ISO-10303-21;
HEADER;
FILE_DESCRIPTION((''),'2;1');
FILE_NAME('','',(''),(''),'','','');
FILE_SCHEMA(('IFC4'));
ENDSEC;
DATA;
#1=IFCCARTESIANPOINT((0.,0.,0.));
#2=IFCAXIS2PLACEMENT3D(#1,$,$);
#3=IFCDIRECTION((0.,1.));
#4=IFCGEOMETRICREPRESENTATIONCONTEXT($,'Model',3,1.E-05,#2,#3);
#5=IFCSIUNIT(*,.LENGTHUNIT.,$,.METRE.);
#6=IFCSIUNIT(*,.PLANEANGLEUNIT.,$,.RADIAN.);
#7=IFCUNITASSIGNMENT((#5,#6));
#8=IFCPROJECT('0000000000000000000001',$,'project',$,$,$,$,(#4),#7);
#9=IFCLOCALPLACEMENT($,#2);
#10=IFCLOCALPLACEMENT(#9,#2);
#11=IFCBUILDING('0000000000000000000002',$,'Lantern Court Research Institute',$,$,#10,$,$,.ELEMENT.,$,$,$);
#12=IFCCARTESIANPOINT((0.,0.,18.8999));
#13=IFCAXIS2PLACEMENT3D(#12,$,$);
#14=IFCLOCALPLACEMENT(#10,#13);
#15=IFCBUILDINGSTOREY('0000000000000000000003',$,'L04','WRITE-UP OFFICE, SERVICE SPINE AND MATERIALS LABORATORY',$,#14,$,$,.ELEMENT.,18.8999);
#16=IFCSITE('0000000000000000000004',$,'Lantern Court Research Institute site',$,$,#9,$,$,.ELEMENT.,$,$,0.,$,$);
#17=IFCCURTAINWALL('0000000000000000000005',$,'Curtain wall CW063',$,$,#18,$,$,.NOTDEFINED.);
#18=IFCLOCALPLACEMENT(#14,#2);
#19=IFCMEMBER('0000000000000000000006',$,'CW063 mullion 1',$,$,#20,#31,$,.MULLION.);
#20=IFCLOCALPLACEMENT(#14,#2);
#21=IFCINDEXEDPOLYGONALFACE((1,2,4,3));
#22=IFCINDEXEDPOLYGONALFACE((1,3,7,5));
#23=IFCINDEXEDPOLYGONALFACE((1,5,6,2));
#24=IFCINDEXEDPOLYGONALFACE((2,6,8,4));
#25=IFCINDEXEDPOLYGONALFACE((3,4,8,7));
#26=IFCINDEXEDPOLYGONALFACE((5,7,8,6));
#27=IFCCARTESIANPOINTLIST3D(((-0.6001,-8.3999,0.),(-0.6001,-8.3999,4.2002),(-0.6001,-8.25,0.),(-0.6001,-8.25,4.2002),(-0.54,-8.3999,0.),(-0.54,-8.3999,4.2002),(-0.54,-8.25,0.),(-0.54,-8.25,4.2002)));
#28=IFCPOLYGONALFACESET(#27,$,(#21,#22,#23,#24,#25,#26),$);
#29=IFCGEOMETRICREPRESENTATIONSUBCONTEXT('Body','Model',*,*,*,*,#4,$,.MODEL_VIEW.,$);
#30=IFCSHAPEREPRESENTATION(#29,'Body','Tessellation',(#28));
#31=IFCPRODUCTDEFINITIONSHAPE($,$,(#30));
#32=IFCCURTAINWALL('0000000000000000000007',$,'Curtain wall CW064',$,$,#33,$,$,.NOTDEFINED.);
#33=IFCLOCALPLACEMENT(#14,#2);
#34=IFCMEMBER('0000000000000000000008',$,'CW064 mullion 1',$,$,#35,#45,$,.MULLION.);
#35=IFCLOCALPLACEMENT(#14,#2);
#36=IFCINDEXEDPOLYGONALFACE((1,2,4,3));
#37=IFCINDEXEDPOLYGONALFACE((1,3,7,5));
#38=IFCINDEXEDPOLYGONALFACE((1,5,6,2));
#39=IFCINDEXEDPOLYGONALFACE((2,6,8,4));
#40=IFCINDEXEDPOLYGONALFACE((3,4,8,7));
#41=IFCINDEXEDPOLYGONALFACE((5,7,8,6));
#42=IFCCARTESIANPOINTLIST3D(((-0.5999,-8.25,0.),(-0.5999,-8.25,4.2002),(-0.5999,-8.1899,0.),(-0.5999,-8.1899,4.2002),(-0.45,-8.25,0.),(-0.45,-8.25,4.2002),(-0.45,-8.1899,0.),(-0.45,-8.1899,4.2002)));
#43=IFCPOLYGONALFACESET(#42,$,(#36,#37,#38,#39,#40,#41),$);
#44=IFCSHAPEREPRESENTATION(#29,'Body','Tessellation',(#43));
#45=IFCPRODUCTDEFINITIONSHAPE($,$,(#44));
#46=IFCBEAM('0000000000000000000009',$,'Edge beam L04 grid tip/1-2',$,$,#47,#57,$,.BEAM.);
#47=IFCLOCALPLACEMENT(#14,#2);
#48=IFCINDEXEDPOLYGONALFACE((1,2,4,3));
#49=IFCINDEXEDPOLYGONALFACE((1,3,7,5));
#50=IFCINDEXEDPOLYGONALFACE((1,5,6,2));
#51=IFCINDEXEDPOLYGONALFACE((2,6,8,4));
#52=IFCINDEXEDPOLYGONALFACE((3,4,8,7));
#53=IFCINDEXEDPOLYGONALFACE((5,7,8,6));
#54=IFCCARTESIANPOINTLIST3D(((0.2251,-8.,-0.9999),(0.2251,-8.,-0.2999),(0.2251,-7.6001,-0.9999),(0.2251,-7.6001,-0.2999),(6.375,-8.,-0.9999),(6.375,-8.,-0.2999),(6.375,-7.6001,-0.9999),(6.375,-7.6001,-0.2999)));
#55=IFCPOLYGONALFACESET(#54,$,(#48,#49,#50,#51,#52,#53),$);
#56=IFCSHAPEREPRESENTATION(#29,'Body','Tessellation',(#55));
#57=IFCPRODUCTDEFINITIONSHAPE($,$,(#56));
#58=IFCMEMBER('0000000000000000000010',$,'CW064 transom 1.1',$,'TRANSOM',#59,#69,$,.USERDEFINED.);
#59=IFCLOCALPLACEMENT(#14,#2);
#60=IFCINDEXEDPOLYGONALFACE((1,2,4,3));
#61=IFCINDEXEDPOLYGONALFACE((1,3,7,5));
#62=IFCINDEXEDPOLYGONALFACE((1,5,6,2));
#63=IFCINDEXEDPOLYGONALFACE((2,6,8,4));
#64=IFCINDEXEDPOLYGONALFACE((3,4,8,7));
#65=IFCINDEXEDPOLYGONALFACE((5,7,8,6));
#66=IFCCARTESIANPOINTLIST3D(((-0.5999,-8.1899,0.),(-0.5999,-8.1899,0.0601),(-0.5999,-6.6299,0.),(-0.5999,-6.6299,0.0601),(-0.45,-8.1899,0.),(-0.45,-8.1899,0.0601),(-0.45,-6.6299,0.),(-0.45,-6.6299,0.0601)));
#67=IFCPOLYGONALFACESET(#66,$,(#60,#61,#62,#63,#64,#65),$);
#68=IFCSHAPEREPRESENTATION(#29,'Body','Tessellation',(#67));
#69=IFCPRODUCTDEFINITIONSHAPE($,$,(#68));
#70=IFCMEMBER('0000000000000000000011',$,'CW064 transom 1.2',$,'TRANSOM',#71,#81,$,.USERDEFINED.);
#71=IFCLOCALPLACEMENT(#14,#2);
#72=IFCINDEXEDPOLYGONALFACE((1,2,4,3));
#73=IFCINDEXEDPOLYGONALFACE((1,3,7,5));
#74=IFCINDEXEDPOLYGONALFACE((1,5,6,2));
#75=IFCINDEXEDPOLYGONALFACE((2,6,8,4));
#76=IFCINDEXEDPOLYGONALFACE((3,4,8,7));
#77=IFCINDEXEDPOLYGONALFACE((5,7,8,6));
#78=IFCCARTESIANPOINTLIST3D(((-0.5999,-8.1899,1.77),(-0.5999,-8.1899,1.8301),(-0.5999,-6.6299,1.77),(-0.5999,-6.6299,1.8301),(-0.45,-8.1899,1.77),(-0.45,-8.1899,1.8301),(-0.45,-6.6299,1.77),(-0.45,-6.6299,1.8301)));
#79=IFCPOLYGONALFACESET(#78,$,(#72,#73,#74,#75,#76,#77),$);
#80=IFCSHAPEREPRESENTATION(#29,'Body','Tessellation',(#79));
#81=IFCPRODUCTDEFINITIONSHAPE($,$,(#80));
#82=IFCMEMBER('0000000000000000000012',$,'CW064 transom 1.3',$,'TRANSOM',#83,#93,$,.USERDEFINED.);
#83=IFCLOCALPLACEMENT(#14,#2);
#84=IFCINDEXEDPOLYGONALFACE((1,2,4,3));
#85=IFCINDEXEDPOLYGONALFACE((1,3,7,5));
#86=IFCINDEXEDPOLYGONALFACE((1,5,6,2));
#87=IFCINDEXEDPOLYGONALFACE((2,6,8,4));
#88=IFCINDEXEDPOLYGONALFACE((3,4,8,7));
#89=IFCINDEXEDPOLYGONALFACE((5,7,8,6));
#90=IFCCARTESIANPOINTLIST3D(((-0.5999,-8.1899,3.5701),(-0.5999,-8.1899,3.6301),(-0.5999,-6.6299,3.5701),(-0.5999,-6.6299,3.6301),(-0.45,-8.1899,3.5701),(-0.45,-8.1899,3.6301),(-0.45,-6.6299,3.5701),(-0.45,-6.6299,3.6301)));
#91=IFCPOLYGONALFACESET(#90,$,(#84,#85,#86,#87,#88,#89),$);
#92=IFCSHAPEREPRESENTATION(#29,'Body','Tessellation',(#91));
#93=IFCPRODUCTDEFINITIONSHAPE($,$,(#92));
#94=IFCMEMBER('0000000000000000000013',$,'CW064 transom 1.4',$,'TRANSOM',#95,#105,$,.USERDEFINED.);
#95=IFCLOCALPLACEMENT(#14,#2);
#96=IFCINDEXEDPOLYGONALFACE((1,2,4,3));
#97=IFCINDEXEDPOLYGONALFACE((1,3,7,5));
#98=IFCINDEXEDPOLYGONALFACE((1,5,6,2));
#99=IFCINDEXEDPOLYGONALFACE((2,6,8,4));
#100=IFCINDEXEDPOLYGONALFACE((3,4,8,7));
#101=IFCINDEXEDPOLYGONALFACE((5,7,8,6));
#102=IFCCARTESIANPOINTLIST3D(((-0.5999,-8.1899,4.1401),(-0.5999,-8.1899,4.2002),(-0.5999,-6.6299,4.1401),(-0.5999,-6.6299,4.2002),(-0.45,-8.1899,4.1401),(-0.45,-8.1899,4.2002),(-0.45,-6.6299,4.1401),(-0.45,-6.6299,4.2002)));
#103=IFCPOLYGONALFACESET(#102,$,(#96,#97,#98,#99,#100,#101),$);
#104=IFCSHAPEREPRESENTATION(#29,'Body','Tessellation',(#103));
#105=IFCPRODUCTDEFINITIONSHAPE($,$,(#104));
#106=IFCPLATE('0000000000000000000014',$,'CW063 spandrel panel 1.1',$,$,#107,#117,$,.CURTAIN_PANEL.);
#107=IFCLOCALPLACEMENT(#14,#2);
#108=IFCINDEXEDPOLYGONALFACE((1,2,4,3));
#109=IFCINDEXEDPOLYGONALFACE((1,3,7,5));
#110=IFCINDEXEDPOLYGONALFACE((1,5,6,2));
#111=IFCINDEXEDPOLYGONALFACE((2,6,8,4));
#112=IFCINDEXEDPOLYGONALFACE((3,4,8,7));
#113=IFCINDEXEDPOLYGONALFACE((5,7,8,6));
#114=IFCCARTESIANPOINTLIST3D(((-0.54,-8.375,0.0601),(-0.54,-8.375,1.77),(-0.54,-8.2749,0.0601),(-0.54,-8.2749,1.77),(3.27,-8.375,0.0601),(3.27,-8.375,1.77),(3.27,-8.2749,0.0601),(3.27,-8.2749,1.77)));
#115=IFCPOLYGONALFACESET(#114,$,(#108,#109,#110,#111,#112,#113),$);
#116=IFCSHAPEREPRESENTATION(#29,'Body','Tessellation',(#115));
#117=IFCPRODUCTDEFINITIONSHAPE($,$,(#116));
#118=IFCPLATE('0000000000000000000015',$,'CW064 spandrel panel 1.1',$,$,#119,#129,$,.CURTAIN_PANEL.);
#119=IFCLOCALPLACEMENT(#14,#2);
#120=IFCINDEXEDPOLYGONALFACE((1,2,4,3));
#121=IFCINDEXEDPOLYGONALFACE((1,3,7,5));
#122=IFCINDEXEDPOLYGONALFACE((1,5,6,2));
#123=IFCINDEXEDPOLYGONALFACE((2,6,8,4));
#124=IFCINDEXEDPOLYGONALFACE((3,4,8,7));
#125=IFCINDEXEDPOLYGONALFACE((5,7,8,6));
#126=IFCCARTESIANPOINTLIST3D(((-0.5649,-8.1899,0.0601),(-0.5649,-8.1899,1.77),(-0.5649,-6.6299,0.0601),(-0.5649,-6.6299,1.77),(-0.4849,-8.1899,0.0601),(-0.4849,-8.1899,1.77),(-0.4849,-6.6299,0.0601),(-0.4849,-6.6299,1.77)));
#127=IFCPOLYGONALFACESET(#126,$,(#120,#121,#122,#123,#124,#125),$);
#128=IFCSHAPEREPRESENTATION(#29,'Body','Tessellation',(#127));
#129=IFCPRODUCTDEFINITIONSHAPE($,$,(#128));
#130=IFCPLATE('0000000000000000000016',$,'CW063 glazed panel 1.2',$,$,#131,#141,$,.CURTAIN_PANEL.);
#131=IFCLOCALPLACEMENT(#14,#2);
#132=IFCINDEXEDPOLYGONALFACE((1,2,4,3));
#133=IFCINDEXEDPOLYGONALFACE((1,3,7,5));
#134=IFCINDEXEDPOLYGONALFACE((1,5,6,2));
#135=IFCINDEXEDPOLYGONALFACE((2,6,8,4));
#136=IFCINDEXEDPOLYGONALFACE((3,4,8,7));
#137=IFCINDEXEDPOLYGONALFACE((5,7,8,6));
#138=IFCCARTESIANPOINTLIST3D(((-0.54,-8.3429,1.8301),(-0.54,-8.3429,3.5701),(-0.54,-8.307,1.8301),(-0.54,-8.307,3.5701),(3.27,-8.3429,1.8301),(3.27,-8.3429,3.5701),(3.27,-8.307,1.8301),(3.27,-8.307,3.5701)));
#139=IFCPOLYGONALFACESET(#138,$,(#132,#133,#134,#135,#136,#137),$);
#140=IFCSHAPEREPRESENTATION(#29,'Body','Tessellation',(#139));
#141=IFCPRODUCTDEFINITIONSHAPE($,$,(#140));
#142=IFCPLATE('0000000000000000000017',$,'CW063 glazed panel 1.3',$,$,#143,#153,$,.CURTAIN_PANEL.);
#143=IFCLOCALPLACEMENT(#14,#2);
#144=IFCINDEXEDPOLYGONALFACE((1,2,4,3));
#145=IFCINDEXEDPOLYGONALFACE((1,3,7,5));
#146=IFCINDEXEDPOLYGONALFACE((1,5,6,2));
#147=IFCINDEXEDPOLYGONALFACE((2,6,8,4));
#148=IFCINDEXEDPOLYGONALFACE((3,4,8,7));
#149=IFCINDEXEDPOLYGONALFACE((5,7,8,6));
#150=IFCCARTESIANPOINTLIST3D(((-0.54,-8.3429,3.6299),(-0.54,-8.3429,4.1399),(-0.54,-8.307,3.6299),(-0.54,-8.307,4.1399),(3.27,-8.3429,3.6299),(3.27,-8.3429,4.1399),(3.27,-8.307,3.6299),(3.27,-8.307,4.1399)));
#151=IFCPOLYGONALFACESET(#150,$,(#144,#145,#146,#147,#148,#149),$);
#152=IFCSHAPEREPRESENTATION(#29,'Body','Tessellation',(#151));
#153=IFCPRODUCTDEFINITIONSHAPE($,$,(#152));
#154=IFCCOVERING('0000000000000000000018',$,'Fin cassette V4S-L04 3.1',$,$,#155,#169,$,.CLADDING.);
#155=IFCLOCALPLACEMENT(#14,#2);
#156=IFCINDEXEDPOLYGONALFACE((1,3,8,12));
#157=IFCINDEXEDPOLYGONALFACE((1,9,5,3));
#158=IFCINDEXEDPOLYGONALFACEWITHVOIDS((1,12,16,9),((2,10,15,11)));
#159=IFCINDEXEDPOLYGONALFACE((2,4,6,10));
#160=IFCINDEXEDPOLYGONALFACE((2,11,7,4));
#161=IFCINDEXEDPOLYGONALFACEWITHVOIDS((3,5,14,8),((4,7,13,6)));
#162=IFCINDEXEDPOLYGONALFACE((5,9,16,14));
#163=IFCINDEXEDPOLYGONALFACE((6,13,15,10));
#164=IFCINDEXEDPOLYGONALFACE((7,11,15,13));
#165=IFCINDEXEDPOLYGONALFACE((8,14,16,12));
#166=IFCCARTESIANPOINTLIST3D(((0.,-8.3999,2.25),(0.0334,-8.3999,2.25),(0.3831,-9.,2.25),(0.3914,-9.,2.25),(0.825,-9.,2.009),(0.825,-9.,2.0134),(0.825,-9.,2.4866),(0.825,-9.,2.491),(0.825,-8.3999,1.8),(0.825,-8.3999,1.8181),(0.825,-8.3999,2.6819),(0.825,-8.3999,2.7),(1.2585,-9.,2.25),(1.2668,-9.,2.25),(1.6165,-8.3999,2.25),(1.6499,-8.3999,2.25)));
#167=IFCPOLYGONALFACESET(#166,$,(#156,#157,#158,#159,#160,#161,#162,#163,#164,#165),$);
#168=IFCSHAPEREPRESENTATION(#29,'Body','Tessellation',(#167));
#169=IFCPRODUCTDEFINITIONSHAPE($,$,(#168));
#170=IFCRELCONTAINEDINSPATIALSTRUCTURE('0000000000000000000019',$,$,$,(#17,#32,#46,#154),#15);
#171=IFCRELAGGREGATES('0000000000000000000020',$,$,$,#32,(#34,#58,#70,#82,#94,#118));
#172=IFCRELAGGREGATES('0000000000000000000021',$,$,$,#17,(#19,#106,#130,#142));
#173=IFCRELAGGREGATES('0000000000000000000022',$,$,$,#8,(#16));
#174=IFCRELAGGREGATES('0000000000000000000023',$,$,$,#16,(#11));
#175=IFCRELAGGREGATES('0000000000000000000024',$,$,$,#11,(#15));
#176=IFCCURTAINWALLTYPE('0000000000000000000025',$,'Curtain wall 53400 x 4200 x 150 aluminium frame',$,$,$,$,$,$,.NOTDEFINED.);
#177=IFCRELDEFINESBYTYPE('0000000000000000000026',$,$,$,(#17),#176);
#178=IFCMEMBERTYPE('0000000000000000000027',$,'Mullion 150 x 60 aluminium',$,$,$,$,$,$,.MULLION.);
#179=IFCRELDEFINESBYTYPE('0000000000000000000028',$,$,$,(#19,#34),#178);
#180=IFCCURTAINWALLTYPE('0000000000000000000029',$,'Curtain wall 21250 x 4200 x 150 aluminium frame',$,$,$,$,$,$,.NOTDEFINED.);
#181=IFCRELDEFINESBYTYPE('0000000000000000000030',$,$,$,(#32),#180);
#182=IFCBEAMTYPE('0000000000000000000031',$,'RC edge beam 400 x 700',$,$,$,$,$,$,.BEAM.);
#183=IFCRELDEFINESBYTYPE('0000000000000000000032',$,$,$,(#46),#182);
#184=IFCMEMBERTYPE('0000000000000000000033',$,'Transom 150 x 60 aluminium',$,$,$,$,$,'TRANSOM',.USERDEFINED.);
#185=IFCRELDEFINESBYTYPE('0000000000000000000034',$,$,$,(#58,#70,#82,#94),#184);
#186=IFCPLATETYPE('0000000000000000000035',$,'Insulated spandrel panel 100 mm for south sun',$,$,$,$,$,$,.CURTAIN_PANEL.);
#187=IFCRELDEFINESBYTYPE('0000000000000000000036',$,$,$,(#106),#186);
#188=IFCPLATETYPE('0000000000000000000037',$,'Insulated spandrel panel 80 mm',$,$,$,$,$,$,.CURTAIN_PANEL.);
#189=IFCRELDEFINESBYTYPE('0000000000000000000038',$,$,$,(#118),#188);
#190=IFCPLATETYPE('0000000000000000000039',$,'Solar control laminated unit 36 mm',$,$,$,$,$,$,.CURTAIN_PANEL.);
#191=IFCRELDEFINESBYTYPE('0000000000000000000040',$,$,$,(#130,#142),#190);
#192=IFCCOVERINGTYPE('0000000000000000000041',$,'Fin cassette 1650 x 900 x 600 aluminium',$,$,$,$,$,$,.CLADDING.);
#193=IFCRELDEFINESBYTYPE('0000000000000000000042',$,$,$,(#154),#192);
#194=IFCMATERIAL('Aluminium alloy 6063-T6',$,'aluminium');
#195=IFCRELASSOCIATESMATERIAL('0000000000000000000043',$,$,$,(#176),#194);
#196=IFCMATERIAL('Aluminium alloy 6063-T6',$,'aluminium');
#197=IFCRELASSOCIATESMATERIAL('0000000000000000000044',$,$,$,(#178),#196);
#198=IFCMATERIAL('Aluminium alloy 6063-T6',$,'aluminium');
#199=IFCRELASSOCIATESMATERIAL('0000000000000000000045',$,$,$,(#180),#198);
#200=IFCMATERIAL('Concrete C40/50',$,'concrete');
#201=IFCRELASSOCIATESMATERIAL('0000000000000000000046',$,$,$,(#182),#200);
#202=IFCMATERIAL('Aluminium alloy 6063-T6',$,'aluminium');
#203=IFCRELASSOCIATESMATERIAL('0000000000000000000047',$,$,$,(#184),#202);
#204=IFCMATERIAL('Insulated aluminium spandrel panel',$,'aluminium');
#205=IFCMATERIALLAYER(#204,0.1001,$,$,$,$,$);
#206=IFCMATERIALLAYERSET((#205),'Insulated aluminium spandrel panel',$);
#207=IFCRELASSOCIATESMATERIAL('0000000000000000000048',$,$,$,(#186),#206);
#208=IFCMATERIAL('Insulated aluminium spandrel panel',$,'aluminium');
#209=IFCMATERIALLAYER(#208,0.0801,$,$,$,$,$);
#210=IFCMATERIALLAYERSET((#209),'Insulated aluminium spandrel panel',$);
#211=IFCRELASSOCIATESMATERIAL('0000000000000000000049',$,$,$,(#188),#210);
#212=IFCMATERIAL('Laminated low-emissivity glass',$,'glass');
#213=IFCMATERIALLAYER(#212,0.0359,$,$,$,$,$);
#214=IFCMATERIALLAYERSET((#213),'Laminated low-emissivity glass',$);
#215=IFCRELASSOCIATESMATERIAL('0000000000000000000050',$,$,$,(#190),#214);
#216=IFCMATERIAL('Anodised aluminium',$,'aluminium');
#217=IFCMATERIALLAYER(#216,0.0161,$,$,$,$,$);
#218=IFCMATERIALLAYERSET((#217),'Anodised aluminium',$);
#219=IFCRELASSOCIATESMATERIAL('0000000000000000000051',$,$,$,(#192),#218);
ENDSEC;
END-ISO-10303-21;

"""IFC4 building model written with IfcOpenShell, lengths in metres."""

from ifc_helpers import new_model, entity, si_unit, direction, frame, origin, origin_2d, place, context, subcontext, project, spatial, rectangle, extrude, material, layer, layer_set, material_profile, profile_set, type_object, element, aggregate, save


model = new_model("IFC4")

# Units and contexts
model_context = context("Model", 3, precision=1e-05, world=origin(), true_north=direction((0.0, 1.0)))
body_context = subcontext(model_context, "Body", "Model", "MODEL_VIEW")
ifc_project = project(units=[si_unit("LENGTHUNIT", "METRE"), si_unit("PLANEANGLEUNIT", "RADIAN")], contexts=[model_context])

# Site, building, storey
site_placement = place(None, origin())
site = spatial("IfcSite", under=ifc_project, at=site_placement, Name="Lantern Court Research Institute site", CompositionType="ELEMENT", RefElevation=0.0)
building_placement = place(site_placement, origin())
building = spatial("IfcBuilding", under=site, at=building_placement, Name="Lantern Court Research Institute", CompositionType="ELEMENT")
storey_placement = place(building_placement, frame((0.0, 0.0, 18.8999)))
storey = spatial("IfcBuildingStorey", under=building, at=storey_placement, Name="L04", Description="WRITE-UP OFFICE, SERVICE SPINE AND MATERIALS LABORATORY", CompositionType="ELEMENT", Elevation=18.8999)

# Curtain walls, members
ifc_material_1 = material(Name="Aluminium alloy 6063-T6", Category="aluminium")
curtain_wall_type_1 = type_object("IfcCurtainWallType", Name="Curtain wall 53400 x 4200 x 150 aluminium frame", PredefinedType="NOTDEFINED", material=ifc_material_1)
curtain_wall_1_placement = place(storey_placement, origin())
curtain_wall_1 = element("IfcCurtainWall", 1, at=curtain_wall_1_placement, inside=storey, type_object=curtain_wall_type_1, Name="Curtain wall CW063", PredefinedType="NOTDEFINED")
ifc_material_2 = material(Name="Aluminium alloy 6063-T6", Category="aluminium")
ifc_material_profile_1 = material_profile(ifc_material_2, rectangle(XDim=0.1499, YDim=0.0601, at=origin_2d()), Name="Mullion 150 x 60")
ifc_profile_set_1 = profile_set([ifc_material_profile_1], Name="Aluminium alloy 6063-T6")
member_type_1 = type_object("IfcMemberType", Name="Mullion 150 x 60 aluminium", PredefinedType="MULLION", material=ifc_profile_set_1)
member_1_placement = place(storey_placement, frame((-0.5701, -8.325, 0.0), z_axis=(0.0, 0.0, 1.0), x_axis=(0.0, -1.0, 0.0)))
member_1 = element("IfcMember", 2, at=member_1_placement, type_object=member_type_1, Name="CW063 mullion 1", PredefinedType="MULLION", context=body_context, shape_type="SweptSolid", body=[
    extrude(rectangle(XDim=0.1499, YDim=0.0601, at=origin_2d()), origin(), (0.0, 0.0, 1.0), 4.2002),
])
ifc_material_3 = material(Name="Aluminium alloy 6063-T6", Category="aluminium")
curtain_wall_type_2 = type_object("IfcCurtainWallType", Name="Curtain wall 21250 x 4200 x 150 aluminium frame", PredefinedType="NOTDEFINED", material=ifc_material_3)
curtain_wall_2_placement = place(storey_placement, origin())
curtain_wall_2 = element("IfcCurtainWall", 3, at=curtain_wall_2_placement, inside=storey, type_object=curtain_wall_type_2, Name="Curtain wall CW064", PredefinedType="NOTDEFINED")
member_2_placement = place(storey_placement, frame((-0.5249, -8.22, 0.0), z_axis=(0.0, 0.0, 1.0), x_axis=(-1.0, 0.0, 0.0)))
member_2 = element("IfcMember", 4, at=member_2_placement, type_object=member_type_1, Name="CW064 mullion 1", PredefinedType="MULLION", context=body_context, shape_type="SweptSolid", body=[
    extrude(rectangle(XDim=0.1499, YDim=0.0601, at=origin_2d()), origin(), (0.0, 0.0, 1.0), 4.2002),
])

# Beam
ifc_material_4 = material(Name="Concrete C40/50", Category="concrete")
ifc_material_profile_2 = material_profile(ifc_material_4, rectangle(XDim=0.3999, YDim=0.7, at=origin_2d()), Name="RC beam 400 x 700")
ifc_profile_set_2 = profile_set([ifc_material_profile_2], Name="Concrete C40/50")
beam_type = type_object("IfcBeamType", Name="RC edge beam 400 x 700", PredefinedType="BEAM", material=ifc_profile_set_2)
beam_placement = place(storey_placement, frame((0.2251, -7.8, -0.6499), z_axis=(1.0, 0.0, 0.0), x_axis=(0.0, 1.0, 0.0)))
element("IfcBeam", 5, at=beam_placement, inside=storey, type_object=beam_type, Name="Edge beam L04 grid tip/1-2", PredefinedType="BEAM", context=body_context, shape_type="SweptSolid", body=[
    extrude(rectangle(XDim=0.3999, YDim=0.7, at=origin_2d()), origin(), (0.0, 0.0, 1.0), 6.1499),
])

# Members
ifc_material_5 = material(Name="Aluminium alloy 6063-T6", Category="aluminium")
ifc_material_profile_3 = material_profile(ifc_material_5, rectangle(XDim=0.1499, YDim=0.0601, at=origin_2d()), Name="Transom 150 x 60")
ifc_profile_set_3 = profile_set([ifc_material_profile_3], Name="Aluminium alloy 6063-T6")
member_type_2 = type_object("IfcMemberType", Name="Transom 150 x 60 aluminium", ElementType="TRANSOM", PredefinedType="USERDEFINED", material=ifc_profile_set_3)
member_3_placement = place(storey_placement, frame((-0.5249, -8.1899, 0.03), z_axis=(0.0, 1.0, 0.0), x_axis=(-1.0, 0.0, 0.0)))
member_3 = element("IfcMember", 6, at=member_3_placement, type_object=member_type_2, Name="CW064 transom 1.1", ObjectType="TRANSOM", PredefinedType="USERDEFINED", context=body_context, shape_type="SweptSolid", body=[
    extrude(rectangle(XDim=0.1499, YDim=0.0601, at=origin_2d()), origin(), (0.0, 0.0, 1.0), 1.5601),
])
member_4_placement = place(storey_placement, frame((-0.5249, -8.1899, 1.8), z_axis=(0.0, 1.0, 0.0), x_axis=(-1.0, 0.0, 0.0)))
member_4 = element("IfcMember", 7, at=member_4_placement, type_object=member_type_2, Name="CW064 transom 1.2", ObjectType="TRANSOM", PredefinedType="USERDEFINED", context=body_context, shape_type="SweptSolid", body=[
    extrude(rectangle(XDim=0.1499, YDim=0.0601, at=origin_2d()), origin(), (0.0, 0.0, 1.0), 1.5601),
])
member_5_placement = place(storey_placement, frame((-0.5249, -8.1899, 3.6001), z_axis=(0.0, 1.0, 0.0), x_axis=(-1.0, 0.0, 0.0)))
member_5 = element("IfcMember", 8, at=member_5_placement, type_object=member_type_2, Name="CW064 transom 1.3", ObjectType="TRANSOM", PredefinedType="USERDEFINED", context=body_context, shape_type="SweptSolid", body=[
    extrude(rectangle(XDim=0.1499, YDim=0.0601, at=origin_2d()), origin(), (0.0, 0.0, 1.0), 1.5601),
])
member_6_placement = place(storey_placement, frame((-0.5249, -8.1899, 4.1702), z_axis=(0.0, 1.0, 0.0), x_axis=(-1.0, 0.0, 0.0)))
member_6 = element("IfcMember", 9, at=member_6_placement, type_object=member_type_2, Name="CW064 transom 1.4", ObjectType="TRANSOM", PredefinedType="USERDEFINED", context=body_context, shape_type="SweptSolid", body=[
    extrude(rectangle(XDim=0.1499, YDim=0.0601, at=origin_2d()), origin(), (0.0, 0.0, 1.0), 1.5601),
])

# Plates
ifc_material_6 = material(Name="Insulated aluminium spandrel panel", Category="aluminium")
ifc_layer_1 = layer(ifc_material_6, 0.1001)
ifc_layer_set_1 = layer_set([ifc_layer_1], Name="Insulated aluminium spandrel panel")
plate_type_1 = type_object("IfcPlateType", Name="Insulated spandrel panel 100 mm for south sun", PredefinedType="CURTAIN_PANEL", material=ifc_layer_set_1)
plate_1_placement = place(storey_placement, frame((1.365, -8.325, 0.0601), z_axis=(0.0, 0.0, 1.0), x_axis=(-1.0, 0.0, 0.0)))
plate_1 = element("IfcPlate", 10, at=plate_1_placement, type_object=plate_type_1, Name="CW063 spandrel panel 1.1", PredefinedType="CURTAIN_PANEL", context=body_context, shape_type="SweptSolid", body=[
    extrude(rectangle(XDim=3.8101, YDim=0.1001, at=origin_2d()), origin(), (0.0, 0.0, 1.0), 1.71),
])
ifc_material_7 = material(Name="Insulated aluminium spandrel panel", Category="aluminium")
ifc_layer_2 = layer(ifc_material_7, 0.0801)
ifc_layer_set_2 = layer_set([ifc_layer_2], Name="Insulated aluminium spandrel panel")
plate_type_2 = type_object("IfcPlateType", Name="Insulated spandrel panel 80 mm", PredefinedType="CURTAIN_PANEL", material=ifc_layer_set_2)
plate_2_placement = place(storey_placement, frame((-0.5249, -7.4099, 0.0601), z_axis=(0.0, 0.0, 1.0), x_axis=(0.0, 1.0, 0.0)))
plate_2 = element("IfcPlate", 11, at=plate_2_placement, type_object=plate_type_2, Name="CW064 spandrel panel 1.1", PredefinedType="CURTAIN_PANEL", context=body_context, shape_type="SweptSolid", body=[
    extrude(rectangle(XDim=1.5601, YDim=0.0801, at=origin_2d()), origin(), (0.0, 0.0, 1.0), 1.71),
])
aggregate(curtain_wall_2, [member_2, member_3, member_4, member_5, member_6, plate_2])
ifc_material_8 = material(Name="Laminated low-emissivity glass", Category="glass")
ifc_layer_3 = layer(ifc_material_8, 0.0359)
ifc_layer_set_3 = layer_set([ifc_layer_3], Name="Laminated low-emissivity glass")
plate_type_3 = type_object("IfcPlateType", Name="Solar control laminated unit 36 mm", PredefinedType="CURTAIN_PANEL", material=ifc_layer_set_3)
plate_3_placement = place(storey_placement, frame((1.365, -8.325, 1.8301), z_axis=(0.0, 0.0, 1.0), x_axis=(-1.0, 0.0, 0.0)))
plate_3 = element("IfcPlate", 12, at=plate_3_placement, type_object=plate_type_3, Name="CW063 glazed panel 1.2", PredefinedType="CURTAIN_PANEL", context=body_context, shape_type="SweptSolid", body=[
    extrude(rectangle(XDim=3.8101, YDim=0.0359, at=origin_2d()), origin(), (0.0, 0.0, 1.0), 1.74),
])
plate_4_placement = place(storey_placement, frame((1.365, -8.325, 3.6299), z_axis=(0.0, 0.0, 1.0), x_axis=(-1.0, 0.0, 0.0)))
plate_4 = element("IfcPlate", 13, at=plate_4_placement, type_object=plate_type_3, Name="CW063 glazed panel 1.3", PredefinedType="CURTAIN_PANEL", context=body_context, shape_type="SweptSolid", body=[
    extrude(rectangle(XDim=3.8101, YDim=0.0359, at=origin_2d()), origin(), (0.0, 0.0, 1.0), 0.51),
])
aggregate(curtain_wall_1, [member_1, plate_1, plate_3, plate_4])

# Covering
ifc_material_9 = material(Name="Anodised aluminium", Category="aluminium")
ifc_layer_4 = layer(ifc_material_9, 0.0161)
ifc_layer_set_4 = layer_set([ifc_layer_4], Name="Anodised aluminium")
covering_type_1 = type_object("IfcCoveringType", Name="Fin cassette 1650 x 900 x 600 aluminium", PredefinedType="CLADDING", material=ifc_layer_set_4)
covering_1_placement = place(storey_placement, frame((0.825, -8.3999, 2.25), z_axis=(0.0, -1.0, 0.0), x_axis=(1.0, 0.0, 0.0)))
cartesian_point_1 = entity("IfcCartesianPoint", [0.825, 0.0])
cartesian_point_2 = entity("IfcCartesianPoint", [0.7915, 0.0])
cartesian_point_3 = entity("IfcCartesianPoint", [0.4419, 0.0])
cartesian_point_4 = entity("IfcCartesianPoint", [0.4336, 0.0])
element("IfcCovering", 14, at=covering_1_placement, inside=storey, type_object=covering_type_1, Name="Fin cassette V4S-L04 3.1", PredefinedType="CLADDING", context=body_context, shape_type="SweptSolid", body=[
    entity("IfcExtrudedAreaSolidTapered", entity("IfcArbitraryProfileDefWithVoids", "AREA", None, entity("IfcPolyline", [cartesian_point_1, entity("IfcCartesianPoint", [0.0, 0.45]), entity("IfcCartesianPoint", [-0.825, 0.0]), entity("IfcCartesianPoint", [0.0, -0.45]), cartesian_point_1]), [entity("IfcPolyline", [cartesian_point_2, entity("IfcCartesianPoint", [0.0, 0.4319]), entity("IfcCartesianPoint", [-0.7915, 0.0]), entity("IfcCartesianPoint", [0.0, -0.4319]), cartesian_point_2])]), entity("IfcAxis2Placement3D", entity("IfcCartesianPoint", [0.0, 0.0, 0.0])), entity("IfcDirection", [0.0, 0.0, 1.0]), 0.6001, entity("IfcArbitraryProfileDefWithVoids", "AREA", None, entity("IfcPolyline", [cartesian_point_3, entity("IfcCartesianPoint", [0.0, 0.241]), entity("IfcCartesianPoint", [-0.4419, 0.0]), entity("IfcCartesianPoint", [0.0, -0.241]), cartesian_point_3]), [entity("IfcPolyline", [cartesian_point_4, entity("IfcCartesianPoint", [0.0, 0.2366]), entity("IfcCartesianPoint", [-0.4336, 0.0]), entity("IfcCartesianPoint", [0.0, -0.2366]), cartesian_point_4])])),
])

save(model, "model.ifc")
